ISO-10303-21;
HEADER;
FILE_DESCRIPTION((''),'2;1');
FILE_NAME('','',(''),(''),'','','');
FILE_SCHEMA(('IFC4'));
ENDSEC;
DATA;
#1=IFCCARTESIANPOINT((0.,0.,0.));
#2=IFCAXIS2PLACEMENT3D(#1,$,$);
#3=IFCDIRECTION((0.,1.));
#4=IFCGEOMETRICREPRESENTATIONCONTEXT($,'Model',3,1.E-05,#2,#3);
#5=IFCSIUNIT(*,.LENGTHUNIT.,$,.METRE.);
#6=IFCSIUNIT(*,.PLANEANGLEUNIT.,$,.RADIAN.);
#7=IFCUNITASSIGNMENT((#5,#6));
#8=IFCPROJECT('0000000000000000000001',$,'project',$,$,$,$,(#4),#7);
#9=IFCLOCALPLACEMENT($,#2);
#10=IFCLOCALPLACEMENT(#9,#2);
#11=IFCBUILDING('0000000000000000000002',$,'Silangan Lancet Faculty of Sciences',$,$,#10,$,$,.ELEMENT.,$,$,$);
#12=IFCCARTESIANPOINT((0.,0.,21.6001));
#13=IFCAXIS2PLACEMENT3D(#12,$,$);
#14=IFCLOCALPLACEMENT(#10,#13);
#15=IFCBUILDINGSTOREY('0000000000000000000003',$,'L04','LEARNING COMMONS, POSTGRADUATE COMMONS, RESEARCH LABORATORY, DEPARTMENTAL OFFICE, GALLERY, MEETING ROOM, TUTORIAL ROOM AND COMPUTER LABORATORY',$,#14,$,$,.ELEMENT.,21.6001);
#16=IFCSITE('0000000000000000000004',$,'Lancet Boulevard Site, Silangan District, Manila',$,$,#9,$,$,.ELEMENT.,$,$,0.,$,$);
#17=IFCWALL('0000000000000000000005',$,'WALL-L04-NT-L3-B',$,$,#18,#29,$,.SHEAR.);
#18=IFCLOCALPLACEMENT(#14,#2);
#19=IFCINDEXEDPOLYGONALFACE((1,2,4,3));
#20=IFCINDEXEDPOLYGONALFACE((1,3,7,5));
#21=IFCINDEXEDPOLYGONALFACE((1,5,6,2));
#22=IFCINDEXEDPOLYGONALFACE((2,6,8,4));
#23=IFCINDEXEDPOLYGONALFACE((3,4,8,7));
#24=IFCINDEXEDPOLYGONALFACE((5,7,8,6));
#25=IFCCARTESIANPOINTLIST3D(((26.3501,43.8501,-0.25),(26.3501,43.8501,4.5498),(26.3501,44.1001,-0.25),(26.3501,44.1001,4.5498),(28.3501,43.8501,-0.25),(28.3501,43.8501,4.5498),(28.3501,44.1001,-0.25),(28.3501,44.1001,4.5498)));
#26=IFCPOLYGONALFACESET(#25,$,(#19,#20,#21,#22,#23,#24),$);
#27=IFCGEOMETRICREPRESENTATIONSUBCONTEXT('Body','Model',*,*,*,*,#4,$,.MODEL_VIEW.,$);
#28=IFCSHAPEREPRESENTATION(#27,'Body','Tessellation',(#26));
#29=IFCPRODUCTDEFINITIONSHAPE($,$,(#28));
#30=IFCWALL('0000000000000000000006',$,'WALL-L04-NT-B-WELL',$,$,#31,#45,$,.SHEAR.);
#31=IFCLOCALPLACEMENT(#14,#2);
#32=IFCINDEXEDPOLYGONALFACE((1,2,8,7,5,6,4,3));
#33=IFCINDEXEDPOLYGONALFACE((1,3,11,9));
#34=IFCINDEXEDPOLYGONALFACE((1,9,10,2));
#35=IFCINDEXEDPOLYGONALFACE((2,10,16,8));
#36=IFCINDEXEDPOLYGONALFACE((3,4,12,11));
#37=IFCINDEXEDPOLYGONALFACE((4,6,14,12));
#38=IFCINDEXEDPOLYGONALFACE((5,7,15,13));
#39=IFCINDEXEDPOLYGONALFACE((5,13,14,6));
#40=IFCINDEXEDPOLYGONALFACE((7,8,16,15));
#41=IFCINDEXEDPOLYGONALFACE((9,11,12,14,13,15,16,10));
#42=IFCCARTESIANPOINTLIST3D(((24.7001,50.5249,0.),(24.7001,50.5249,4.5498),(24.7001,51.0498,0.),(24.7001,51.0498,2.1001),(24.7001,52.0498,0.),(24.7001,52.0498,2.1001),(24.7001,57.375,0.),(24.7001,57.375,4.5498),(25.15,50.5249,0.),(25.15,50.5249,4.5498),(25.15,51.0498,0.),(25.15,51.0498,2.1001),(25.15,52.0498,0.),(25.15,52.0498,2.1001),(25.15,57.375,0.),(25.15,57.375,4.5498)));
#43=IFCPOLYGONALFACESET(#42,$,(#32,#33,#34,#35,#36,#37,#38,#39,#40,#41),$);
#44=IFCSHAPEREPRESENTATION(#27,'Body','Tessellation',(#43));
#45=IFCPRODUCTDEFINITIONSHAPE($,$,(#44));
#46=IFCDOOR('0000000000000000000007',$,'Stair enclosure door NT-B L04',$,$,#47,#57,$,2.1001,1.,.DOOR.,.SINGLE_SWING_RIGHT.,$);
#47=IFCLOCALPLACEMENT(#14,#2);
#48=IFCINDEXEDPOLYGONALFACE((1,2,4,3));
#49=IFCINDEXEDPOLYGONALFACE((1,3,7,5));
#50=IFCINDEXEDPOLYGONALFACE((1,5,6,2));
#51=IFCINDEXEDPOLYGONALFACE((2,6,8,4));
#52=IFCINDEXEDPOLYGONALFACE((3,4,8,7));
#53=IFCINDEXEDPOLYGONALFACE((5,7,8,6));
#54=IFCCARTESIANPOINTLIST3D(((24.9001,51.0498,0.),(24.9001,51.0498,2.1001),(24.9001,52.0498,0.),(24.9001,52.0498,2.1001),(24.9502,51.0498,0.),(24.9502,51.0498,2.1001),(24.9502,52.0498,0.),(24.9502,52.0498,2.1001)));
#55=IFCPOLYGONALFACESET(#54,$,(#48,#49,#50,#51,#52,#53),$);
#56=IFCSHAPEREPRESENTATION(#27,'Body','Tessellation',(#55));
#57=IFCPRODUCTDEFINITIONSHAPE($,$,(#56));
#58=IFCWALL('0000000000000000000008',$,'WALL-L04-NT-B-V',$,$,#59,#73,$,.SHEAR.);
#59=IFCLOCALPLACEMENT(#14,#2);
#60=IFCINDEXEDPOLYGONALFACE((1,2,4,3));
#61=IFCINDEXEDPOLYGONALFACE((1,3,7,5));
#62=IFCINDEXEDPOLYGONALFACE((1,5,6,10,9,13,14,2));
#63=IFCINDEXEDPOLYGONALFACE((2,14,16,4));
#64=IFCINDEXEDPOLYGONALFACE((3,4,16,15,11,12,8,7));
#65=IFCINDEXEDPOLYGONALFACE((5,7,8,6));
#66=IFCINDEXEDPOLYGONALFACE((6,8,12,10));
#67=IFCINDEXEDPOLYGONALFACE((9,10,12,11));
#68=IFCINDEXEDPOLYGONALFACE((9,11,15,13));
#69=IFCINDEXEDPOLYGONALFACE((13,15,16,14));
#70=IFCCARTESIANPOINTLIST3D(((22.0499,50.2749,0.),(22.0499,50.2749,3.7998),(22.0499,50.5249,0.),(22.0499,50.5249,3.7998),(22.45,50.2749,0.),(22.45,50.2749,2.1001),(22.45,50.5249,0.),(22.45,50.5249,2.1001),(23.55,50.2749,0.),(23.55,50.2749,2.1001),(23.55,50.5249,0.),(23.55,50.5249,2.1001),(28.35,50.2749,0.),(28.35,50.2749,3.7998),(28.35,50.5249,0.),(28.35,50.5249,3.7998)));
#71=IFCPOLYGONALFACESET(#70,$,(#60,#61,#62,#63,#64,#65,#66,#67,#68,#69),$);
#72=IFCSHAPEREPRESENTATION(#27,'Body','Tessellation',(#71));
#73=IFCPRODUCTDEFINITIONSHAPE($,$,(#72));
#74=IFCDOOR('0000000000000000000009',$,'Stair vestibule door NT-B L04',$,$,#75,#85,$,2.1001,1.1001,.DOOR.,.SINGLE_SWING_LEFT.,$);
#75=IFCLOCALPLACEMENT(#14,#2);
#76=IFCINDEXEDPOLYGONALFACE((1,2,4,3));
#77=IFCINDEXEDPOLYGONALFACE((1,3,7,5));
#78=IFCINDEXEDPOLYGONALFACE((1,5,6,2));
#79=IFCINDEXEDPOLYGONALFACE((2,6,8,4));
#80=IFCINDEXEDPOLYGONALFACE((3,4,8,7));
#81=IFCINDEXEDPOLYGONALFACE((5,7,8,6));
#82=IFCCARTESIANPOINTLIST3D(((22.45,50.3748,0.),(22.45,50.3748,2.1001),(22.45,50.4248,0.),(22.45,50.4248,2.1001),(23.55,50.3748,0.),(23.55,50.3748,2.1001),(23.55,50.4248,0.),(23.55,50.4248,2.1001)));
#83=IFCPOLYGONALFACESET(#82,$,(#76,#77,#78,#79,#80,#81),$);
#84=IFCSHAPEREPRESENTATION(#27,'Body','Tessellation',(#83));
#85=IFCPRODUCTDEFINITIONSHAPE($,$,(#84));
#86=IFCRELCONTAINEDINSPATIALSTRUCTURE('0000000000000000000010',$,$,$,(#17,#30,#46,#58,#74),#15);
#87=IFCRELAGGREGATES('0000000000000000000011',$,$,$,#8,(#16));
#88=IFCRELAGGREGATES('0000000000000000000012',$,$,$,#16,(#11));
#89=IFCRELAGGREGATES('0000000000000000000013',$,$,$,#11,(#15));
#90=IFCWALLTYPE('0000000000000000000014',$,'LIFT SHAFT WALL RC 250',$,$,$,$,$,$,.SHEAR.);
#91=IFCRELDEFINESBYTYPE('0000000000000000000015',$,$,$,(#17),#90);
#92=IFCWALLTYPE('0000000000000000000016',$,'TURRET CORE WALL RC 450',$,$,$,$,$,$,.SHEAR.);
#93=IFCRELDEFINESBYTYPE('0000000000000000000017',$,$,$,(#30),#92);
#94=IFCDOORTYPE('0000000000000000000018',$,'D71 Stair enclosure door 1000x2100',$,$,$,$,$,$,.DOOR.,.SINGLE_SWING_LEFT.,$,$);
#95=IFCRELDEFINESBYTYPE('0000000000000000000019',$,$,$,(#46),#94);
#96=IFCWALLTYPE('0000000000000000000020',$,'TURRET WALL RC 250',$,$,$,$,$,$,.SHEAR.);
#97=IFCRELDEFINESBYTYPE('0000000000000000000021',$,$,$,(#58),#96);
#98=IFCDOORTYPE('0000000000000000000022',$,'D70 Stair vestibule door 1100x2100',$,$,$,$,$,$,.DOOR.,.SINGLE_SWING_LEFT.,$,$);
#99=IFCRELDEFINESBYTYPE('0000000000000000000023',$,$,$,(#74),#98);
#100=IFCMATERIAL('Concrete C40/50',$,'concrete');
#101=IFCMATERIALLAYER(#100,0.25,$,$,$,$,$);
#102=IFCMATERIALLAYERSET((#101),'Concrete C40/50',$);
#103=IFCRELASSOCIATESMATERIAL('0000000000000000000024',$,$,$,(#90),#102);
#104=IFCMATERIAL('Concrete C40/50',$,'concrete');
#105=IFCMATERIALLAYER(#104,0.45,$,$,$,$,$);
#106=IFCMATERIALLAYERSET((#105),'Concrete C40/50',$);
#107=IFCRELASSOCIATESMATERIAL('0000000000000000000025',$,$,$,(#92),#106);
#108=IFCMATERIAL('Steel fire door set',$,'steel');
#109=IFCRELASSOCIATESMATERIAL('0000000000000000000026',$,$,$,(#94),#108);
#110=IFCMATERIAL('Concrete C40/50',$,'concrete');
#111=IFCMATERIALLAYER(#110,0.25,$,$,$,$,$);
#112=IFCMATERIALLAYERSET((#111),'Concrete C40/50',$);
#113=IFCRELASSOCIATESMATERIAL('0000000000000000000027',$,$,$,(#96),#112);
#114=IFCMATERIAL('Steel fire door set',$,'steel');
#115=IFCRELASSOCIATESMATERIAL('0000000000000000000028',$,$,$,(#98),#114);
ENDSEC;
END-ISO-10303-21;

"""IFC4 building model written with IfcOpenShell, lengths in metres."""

from ifc_helpers import new_model, si_unit, direction, frame, frame_2d, origin, place, context, subcontext, project, spatial, rectangle, extrude, material, layer, layer_set, type_object, element, fill, save


model = new_model("IFC4")

# Units and contexts
model_context = context("Model", 3, precision=1e-05, world=origin(), true_north=direction((0.0, 1.0)))
body_context = subcontext(model_context, "Body", "Model", "MODEL_VIEW")
ifc_project = project(units=[si_unit("LENGTHUNIT", "METRE"), si_unit("PLANEANGLEUNIT", "RADIAN")], contexts=[model_context])

# Site, building, storey
site_placement = place(None, origin())
site = spatial("IfcSite", under=ifc_project, at=site_placement, Name="Lancet Boulevard Site, Silangan District, Manila", CompositionType="ELEMENT", RefElevation=0.0)
building_placement = place(site_placement, origin())
building = spatial("IfcBuilding", under=site, at=building_placement, Name="Silangan Lancet Faculty of Sciences", CompositionType="ELEMENT")
storey_placement = place(building_placement, frame((0.0, 0.0, 21.6001)))
storey = spatial("IfcBuildingStorey", under=building, at=storey_placement, Name="L04", Description="LEARNING COMMONS, POSTGRADUATE COMMONS, RESEARCH LABORATORY, DEPARTMENTAL OFFICE, GALLERY, MEETING ROOM, TUTORIAL ROOM AND COMPUTER LABORATORY", CompositionType="ELEMENT", Elevation=21.6001)

# Shared definitions
ifc_material_1 = material(Name="Concrete C40/50", Category="concrete")
ifc_layer_1 = layer(ifc_material_1, 0.25)
ifc_layer_set_1 = layer_set([ifc_layer_1], Name="Concrete C40/50")
wall_type_1 = type_object("IfcWallType", Name="LIFT SHAFT WALL RC 250", PredefinedType="SHEAR", material=ifc_layer_set_1)

# Wall
wall_1_placement = place(storey_placement, frame((26.3501, 43.9751, -0.25), z_axis=(0.0, 0.0, 1.0), x_axis=(1.0, 0.0, 0.0)))
element("IfcWall", 1, at=wall_1_placement, inside=storey, type_object=wall_type_1, Name="WALL-L04-NT-L3-B", PredefinedType="SHEAR", context=body_context, shape_type="SweptSolid", body=[
    extrude(rectangle(XDim=2.0, YDim=0.25, at=frame_2d((1.0, 0.0))), origin(), (0.0, 0.0, 1.0), 4.7998),
])

# Walls, openings, doors
ifc_material_2 = material(Name="Concrete C40/50", Category="concrete")
ifc_layer_2 = layer(ifc_material_2, 0.45)
ifc_layer_set_2 = layer_set([ifc_layer_2], Name="Concrete C40/50")
wall_type_2 = type_object("IfcWallType", Name="TURRET CORE WALL RC 450", PredefinedType="SHEAR", material=ifc_layer_set_2)
wall_2_placement = place(storey_placement, frame((24.925, 50.5249, 0.0), z_axis=(0.0, 0.0, 1.0), x_axis=(0.0, 1.0, 0.0)))
wall_2 = element("IfcWall", 2, at=wall_2_placement, inside=storey, type_object=wall_type_2, Name="WALL-L04-NT-B-WELL", PredefinedType="SHEAR", context=body_context, shape_type="SweptSolid", body=[
    extrude(rectangle(XDim=6.8501, YDim=0.45, at=frame_2d((3.425, 0.0))), origin(), (0.0, 0.0, 1.0), 4.5498),
])
opening_1_placement = place(wall_2_placement, frame((0.5249, 0.0, 0.0)))
opening_1 = element("IfcOpeningElement", 3, at=opening_1_placement, cuts=wall_2, PredefinedType="OPENING", context=body_context, shape_type="SweptSolid", body=[
    extrude(rectangle(XDim=1.0, YDim=2.1001, at=frame_2d((0.5, 1.05))), frame((0.0, 0.2349, 0.0), z_axis=(0.0, -1.0, 0.0), x_axis=(1.0, 0.0, 0.0)), (0.0, 0.0, 1.0), 0.47),
])
ifc_material_3 = material(Name="Steel fire door set", Category="steel")
door_type_1 = type_object("IfcDoorType", Name="D71 Stair enclosure door 1000x2100", OperationType="SINGLE_SWING_LEFT", PredefinedType="DOOR", material=ifc_material_3)
door_1_placement = place(opening_1_placement, frame((1.0, 0.0, 0.0), z_axis=(0.0, 0.0, 1.0), x_axis=(-1.0, 0.0, 0.0)))
door_1 = element("IfcDoor", 4, at=door_1_placement, inside=storey, type_object=door_type_1, Name="Stair enclosure door NT-B L04", OperationType="SINGLE_SWING_RIGHT", OverallHeight=2.1001, OverallWidth=1.0, PredefinedType="DOOR", context=body_context, shape_type="SweptSolid", body=[
    extrude(rectangle(XDim=1.0, YDim=2.1001, at=frame_2d((0.5, 1.05))), frame((0.0, 0.0251, 0.0), z_axis=(0.0, -1.0, 0.0), x_axis=(1.0, 0.0, 0.0)), (0.0, 0.0, 1.0), 0.05),
])
fill(opening_1, door_1)
ifc_material_4 = material(Name="Concrete C40/50", Category="concrete")
ifc_layer_3 = layer(ifc_material_4, 0.25)
ifc_layer_set_3 = layer_set([ifc_layer_3], Name="Concrete C40/50")
wall_type_3 = type_object("IfcWallType", Name="TURRET WALL RC 250", PredefinedType="SHEAR", material=ifc_layer_set_3)
wall_3_placement = place(storey_placement, frame((22.05, 50.3999, 0.0), z_axis=(0.0, 0.0, 1.0), x_axis=(1.0, 0.0, 0.0)))
wall_3 = element("IfcWall", 5, at=wall_3_placement, inside=storey, type_object=wall_type_3, Name="WALL-L04-NT-B-V", PredefinedType="SHEAR", context=body_context, shape_type="SweptSolid", body=[
    extrude(rectangle(XDim=6.3, YDim=0.25, at=frame_2d((3.1499, 0.0))), origin(), (0.0, 0.0, 1.0), 3.7998),
])
opening_2_placement = place(wall_3_placement, frame((0.3999, 0.0, 0.0)))
opening_2 = element("IfcOpeningElement", 6, at=opening_2_placement, cuts=wall_3, PredefinedType="OPENING", context=body_context, shape_type="SweptSolid", body=[
    extrude(rectangle(XDim=1.1001, YDim=2.1001, at=frame_2d((0.55, 1.05))), frame((0.0, 0.135, 0.0), z_axis=(0.0, -1.0, 0.0), x_axis=(1.0, 0.0, 0.0)), (0.0, 0.0, 1.0), 0.27),
])
ifc_material_5 = material(Name="Steel fire door set", Category="steel")
door_type_2 = type_object("IfcDoorType", Name="D70 Stair vestibule door 1100x2100", OperationType="SINGLE_SWING_LEFT", PredefinedType="DOOR", material=ifc_material_5)
door_2_placement = place(opening_2_placement, origin())
door_2 = element("IfcDoor", 7, at=door_2_placement, inside=storey, type_object=door_type_2, Name="Stair vestibule door NT-B L04", OperationType="SINGLE_SWING_LEFT", OverallHeight=2.1001, OverallWidth=1.1001, PredefinedType="DOOR", context=body_context, shape_type="SweptSolid", body=[
    extrude(rectangle(XDim=1.1001, YDim=2.1001, at=frame_2d((0.55, 1.05))), frame((0.0, 0.0249, 0.0), z_axis=(0.0, -1.0, 0.0), x_axis=(1.0, 0.0, 0.0)), (0.0, 0.0, 1.0), 0.05),
])
fill(opening_2, door_2)

save(model, "model.ifc")
